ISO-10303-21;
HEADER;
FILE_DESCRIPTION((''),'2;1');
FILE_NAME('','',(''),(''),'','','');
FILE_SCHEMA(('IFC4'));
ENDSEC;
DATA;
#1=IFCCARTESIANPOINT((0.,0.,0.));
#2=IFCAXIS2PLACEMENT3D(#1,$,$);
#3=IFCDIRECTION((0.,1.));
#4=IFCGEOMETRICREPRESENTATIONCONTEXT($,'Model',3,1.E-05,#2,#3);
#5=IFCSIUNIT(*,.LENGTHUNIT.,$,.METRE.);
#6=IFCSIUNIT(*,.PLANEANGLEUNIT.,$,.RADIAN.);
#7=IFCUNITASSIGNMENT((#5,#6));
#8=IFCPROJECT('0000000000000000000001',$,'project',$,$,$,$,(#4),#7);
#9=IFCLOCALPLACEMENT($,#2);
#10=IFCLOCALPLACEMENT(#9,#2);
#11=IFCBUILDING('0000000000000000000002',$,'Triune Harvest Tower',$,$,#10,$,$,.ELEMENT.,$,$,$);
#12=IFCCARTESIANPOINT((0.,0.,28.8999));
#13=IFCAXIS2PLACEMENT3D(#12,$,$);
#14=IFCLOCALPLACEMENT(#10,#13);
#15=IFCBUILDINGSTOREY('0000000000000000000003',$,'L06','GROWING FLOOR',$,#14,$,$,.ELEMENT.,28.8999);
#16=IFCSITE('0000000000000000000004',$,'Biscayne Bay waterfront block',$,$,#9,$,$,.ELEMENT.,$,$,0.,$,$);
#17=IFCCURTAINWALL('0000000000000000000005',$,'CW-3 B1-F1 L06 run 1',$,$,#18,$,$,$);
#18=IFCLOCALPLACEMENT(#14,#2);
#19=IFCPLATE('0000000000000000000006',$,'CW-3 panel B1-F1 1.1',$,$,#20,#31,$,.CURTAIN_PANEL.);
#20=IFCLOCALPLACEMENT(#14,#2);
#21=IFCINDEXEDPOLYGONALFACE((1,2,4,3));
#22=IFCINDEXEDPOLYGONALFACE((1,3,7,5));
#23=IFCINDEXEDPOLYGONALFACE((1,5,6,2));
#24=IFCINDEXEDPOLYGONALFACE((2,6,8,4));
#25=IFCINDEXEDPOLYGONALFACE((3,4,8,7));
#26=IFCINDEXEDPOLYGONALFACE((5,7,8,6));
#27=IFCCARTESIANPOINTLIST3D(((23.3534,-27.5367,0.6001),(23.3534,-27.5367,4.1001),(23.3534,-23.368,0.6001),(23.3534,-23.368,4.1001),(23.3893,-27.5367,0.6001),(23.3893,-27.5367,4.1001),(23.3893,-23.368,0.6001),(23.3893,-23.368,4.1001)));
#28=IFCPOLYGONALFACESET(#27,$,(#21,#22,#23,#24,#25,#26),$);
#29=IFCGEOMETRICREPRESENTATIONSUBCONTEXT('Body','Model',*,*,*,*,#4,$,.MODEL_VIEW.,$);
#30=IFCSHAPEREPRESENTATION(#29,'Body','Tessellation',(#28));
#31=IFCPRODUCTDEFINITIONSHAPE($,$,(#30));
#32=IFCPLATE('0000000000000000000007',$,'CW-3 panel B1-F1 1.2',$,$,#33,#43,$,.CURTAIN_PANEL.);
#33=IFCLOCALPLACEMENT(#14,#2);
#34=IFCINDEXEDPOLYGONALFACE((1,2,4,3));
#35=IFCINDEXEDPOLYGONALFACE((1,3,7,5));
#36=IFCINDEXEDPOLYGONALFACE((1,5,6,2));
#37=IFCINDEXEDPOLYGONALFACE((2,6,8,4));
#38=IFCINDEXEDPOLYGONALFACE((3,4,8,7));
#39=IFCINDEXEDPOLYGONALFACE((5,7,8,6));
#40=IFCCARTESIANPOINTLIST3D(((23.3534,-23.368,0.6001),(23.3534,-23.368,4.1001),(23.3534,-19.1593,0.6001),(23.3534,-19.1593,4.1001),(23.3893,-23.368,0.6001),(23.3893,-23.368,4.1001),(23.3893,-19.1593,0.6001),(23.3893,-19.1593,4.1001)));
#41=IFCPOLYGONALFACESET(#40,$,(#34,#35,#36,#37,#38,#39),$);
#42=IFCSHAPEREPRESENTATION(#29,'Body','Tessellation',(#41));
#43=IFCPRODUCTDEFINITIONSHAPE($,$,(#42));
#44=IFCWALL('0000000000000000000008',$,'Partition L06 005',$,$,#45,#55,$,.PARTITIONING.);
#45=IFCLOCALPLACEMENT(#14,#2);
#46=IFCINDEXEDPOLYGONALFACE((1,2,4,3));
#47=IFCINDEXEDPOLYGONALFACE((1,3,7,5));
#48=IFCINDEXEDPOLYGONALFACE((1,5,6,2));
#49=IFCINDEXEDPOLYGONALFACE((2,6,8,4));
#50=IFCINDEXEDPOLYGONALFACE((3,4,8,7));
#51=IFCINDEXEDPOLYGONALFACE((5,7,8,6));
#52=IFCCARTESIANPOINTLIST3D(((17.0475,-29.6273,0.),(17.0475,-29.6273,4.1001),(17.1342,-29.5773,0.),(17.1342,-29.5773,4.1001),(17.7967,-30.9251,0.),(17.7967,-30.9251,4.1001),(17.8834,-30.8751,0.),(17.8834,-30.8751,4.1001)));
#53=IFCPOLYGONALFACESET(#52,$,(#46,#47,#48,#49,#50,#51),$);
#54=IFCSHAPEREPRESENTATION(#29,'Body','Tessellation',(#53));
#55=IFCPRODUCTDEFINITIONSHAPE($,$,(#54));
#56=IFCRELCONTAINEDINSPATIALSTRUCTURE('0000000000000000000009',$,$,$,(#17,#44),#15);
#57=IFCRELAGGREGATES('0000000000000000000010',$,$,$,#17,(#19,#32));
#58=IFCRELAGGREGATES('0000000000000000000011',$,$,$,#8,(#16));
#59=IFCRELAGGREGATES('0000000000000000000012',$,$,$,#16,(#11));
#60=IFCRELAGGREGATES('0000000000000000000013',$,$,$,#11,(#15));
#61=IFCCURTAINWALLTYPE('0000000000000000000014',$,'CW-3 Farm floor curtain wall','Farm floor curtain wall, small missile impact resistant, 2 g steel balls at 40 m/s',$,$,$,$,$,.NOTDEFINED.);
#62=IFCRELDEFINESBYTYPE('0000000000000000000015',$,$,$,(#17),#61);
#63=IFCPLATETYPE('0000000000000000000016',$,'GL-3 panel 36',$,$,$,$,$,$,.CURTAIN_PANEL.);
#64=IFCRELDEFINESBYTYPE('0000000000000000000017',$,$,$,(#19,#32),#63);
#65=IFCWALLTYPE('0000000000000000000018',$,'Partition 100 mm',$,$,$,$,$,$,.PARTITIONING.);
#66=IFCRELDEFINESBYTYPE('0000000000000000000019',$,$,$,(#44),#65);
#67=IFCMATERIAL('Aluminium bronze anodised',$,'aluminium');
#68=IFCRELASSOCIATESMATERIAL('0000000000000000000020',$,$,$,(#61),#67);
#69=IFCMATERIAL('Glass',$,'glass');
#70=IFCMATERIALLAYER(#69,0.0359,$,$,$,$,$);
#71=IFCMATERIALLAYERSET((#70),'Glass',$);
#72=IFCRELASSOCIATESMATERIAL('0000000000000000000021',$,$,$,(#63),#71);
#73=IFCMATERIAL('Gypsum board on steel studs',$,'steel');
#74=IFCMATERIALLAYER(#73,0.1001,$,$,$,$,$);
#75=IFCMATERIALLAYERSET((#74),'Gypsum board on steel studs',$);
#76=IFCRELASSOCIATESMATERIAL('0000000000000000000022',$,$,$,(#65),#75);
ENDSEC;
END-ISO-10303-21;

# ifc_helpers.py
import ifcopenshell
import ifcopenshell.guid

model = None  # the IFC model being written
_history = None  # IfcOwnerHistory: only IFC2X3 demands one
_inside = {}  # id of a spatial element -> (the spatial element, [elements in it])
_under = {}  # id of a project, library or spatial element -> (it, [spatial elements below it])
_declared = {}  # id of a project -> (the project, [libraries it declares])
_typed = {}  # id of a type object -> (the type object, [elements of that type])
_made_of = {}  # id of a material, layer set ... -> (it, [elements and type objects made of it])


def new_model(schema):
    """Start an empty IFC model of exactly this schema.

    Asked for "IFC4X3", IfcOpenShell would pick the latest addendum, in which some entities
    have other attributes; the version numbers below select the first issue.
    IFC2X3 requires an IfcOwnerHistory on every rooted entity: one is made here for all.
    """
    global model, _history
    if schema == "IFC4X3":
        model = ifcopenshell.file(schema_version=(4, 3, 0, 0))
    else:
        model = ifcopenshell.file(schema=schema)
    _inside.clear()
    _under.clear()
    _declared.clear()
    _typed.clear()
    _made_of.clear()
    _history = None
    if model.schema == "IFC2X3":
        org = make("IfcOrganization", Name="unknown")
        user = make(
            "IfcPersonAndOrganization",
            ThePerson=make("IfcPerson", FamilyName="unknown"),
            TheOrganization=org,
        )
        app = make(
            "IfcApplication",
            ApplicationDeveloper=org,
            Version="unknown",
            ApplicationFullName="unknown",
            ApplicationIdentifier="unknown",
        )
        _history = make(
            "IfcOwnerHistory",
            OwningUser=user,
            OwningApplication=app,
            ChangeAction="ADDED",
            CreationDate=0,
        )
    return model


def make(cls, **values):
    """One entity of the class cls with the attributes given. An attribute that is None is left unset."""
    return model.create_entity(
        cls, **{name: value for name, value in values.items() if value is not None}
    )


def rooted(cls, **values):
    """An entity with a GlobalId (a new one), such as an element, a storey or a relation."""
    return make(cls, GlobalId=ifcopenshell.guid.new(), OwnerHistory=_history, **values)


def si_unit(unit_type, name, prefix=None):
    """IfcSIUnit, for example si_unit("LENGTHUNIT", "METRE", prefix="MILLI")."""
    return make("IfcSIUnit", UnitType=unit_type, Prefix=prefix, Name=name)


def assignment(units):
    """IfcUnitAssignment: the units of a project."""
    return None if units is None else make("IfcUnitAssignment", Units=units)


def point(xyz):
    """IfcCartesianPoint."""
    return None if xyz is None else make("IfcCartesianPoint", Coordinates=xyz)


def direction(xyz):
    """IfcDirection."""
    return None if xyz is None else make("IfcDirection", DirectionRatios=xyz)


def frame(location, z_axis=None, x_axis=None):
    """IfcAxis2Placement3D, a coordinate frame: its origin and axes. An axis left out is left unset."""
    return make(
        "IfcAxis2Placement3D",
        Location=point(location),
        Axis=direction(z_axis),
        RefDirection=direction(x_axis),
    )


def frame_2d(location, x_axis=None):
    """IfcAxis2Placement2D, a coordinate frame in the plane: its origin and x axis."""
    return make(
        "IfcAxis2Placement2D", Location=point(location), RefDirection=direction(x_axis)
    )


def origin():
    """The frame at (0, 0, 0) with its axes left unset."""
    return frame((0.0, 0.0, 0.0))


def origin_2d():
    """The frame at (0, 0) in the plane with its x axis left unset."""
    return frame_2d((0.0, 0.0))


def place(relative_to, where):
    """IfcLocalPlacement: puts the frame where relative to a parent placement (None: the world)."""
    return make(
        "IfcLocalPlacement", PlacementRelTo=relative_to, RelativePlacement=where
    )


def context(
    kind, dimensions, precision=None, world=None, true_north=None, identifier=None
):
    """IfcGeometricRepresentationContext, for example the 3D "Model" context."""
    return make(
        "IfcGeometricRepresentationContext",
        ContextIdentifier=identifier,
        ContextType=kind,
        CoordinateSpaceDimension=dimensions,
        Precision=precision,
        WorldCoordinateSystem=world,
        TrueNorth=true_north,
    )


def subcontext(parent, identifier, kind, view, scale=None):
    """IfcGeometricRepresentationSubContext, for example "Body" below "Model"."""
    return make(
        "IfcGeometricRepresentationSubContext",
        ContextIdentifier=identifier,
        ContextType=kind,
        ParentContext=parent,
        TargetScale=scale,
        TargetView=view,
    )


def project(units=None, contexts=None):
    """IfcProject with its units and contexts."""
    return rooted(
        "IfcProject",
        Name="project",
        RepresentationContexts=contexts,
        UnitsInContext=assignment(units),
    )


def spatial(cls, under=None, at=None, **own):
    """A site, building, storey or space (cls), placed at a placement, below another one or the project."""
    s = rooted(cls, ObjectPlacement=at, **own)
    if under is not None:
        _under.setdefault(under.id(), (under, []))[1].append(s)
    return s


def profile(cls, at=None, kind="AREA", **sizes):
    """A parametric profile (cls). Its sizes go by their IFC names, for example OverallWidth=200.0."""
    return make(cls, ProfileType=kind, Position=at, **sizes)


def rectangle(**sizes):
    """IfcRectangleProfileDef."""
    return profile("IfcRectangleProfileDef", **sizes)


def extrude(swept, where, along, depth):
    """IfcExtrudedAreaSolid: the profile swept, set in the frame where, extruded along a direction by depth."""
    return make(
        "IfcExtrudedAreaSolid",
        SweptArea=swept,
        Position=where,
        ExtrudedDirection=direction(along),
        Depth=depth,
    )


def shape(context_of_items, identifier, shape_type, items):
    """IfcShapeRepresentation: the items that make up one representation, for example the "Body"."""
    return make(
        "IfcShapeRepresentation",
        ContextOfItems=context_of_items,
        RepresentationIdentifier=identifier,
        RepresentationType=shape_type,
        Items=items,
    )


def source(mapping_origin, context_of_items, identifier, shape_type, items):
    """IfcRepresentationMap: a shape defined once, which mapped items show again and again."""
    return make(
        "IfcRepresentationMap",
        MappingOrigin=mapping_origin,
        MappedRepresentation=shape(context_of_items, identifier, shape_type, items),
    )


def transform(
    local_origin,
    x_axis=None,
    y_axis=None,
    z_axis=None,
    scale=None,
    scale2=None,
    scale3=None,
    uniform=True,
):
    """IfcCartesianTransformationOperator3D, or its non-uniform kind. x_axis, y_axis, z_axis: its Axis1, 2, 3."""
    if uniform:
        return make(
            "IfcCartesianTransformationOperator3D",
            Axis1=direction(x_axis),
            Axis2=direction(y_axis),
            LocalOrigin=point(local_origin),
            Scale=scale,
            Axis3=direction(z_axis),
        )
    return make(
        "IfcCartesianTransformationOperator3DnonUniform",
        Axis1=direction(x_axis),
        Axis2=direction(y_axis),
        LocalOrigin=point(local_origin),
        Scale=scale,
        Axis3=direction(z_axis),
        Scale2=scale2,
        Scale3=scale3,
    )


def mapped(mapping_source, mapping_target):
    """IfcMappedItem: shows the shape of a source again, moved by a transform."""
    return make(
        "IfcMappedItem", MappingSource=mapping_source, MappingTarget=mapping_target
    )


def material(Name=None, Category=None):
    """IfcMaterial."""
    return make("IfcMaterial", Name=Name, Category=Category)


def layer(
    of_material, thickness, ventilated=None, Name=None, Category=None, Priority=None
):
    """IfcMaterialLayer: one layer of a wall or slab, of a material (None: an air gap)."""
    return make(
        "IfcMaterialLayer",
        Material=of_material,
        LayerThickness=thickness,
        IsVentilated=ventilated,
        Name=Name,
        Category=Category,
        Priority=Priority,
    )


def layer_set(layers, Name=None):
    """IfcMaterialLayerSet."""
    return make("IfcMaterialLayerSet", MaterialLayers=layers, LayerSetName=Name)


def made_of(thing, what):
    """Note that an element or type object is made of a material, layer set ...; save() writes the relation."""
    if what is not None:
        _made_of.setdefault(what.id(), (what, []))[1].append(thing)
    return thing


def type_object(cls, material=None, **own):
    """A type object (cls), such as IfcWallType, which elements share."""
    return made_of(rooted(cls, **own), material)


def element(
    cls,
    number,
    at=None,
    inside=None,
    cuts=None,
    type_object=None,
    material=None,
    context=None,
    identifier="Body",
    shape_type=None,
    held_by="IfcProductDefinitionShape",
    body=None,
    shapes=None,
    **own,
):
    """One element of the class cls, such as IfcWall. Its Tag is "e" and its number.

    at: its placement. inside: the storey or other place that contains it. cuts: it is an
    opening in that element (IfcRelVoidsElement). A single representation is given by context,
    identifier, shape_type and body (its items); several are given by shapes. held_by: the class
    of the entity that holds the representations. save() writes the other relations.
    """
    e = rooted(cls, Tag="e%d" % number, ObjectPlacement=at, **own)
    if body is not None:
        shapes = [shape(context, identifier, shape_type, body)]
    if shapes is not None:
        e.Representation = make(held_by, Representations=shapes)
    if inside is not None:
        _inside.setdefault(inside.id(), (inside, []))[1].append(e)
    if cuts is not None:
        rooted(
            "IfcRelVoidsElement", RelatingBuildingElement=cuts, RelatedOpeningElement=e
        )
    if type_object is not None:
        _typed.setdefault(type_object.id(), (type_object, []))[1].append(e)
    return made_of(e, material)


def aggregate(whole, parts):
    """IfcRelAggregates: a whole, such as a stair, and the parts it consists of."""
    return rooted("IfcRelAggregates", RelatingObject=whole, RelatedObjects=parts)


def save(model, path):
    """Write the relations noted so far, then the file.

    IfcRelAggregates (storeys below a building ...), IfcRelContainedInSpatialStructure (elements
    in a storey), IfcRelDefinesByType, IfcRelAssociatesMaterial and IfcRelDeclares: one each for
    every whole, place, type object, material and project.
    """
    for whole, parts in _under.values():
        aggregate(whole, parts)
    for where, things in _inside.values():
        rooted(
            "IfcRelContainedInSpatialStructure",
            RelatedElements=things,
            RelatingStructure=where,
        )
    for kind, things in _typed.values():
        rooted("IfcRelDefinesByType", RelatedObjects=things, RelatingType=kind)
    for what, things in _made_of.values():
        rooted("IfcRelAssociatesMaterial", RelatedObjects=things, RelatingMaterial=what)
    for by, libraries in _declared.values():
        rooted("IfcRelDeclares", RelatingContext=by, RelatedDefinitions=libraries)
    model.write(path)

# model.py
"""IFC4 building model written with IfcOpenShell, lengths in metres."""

from ifc_helpers import new_model, si_unit, direction, frame, frame_2d, origin, origin_2d, place, context, subcontext, project, spatial, rectangle, extrude, source, transform, mapped, material, layer, layer_set, type_object, element, aggregate, save


model = new_model("IFC4")

# Units and contexts
model_context = context("Model", 3, precision=1e-05, world=origin(), true_north=direction((0.0, 1.0)))
body_context = subcontext(model_context, "Body", "Model", "MODEL_VIEW")
ifc_project = project(units=[si_unit("LENGTHUNIT", "METRE"), si_unit("PLANEANGLEUNIT", "RADIAN")], contexts=[model_context])

# Site, building, storey
site_placement = place(None, origin())
site = spatial("IfcSite", under=ifc_project, at=site_placement, Name="Biscayne Bay waterfront block", CompositionType="ELEMENT", RefElevation=0.0)
building_placement = place(site_placement, origin())
building = spatial("IfcBuilding", under=site, at=building_placement, Name="Triune Harvest Tower", CompositionType="ELEMENT")
storey_placement = place(building_placement, frame((0.0, 0.0, 28.8999)))
storey = spatial("IfcBuildingStorey", under=building, at=storey_placement, Name="L06", Description="GROWING FLOOR", CompositionType="ELEMENT", Elevation=28.8999)

# Curtain wall
ifc_material_1 = material(Name="Aluminium bronze anodised", Category="aluminium")
curtain_wall_type = type_object("IfcCurtainWallType", Name="CW-3 Farm floor curtain wall", Description="Farm floor curtain wall, small missile impact resistant, 2 g steel balls at 40 m/s", PredefinedType="NOTDEFINED", material=ifc_material_1)
curtain_wall_1_placement = place(storey_placement, origin())
curtain_wall_1 = element("IfcCurtainWall", 1, at=curtain_wall_1_placement, inside=storey, type_object=curtain_wall_type, Name="CW-3 B1-F1 L06 run 1")

# Plates
ifc_material_2 = material(Name="Glass", Category="glass")
ifc_layer_1 = layer(ifc_material_2, 0.0359)
ifc_layer_set_1 = layer_set([ifc_layer_1], Name="Glass")
plate_type = type_object("IfcPlateType", Name="GL-3 panel 36", PredefinedType="CURTAIN_PANEL", material=ifc_layer_set_1)
shared_shape_1 = source(origin(), body_context, "Body", "SweptSolid", [
    extrude(rectangle(XDim=4.1687, YDim=0.0359, at=origin_2d()), origin(), (0.0, 0.0, 1.0), 3.5),
])
plate_1_placement = place(storey_placement, frame((23.3713, -25.4524, 0.6001), z_axis=(0.0, 0.0, 1.0), x_axis=(0.0, 1.0, 0.0)))
plate_1 = element("IfcPlate", 2, at=plate_1_placement, type_object=plate_type, Name="CW-3 panel B1-F1 1.1", PredefinedType="CURTAIN_PANEL", context=body_context, shape_type="MappedRepresentation", body=[
    mapped(shared_shape_1, transform((0.0, 0.0, 0.0), scale=1.0)),
])
shared_shape_2 = source(origin(), body_context, "Body", "SweptSolid", [
    extrude(rectangle(XDim=4.2087, YDim=0.0359, at=origin_2d()), origin(), (0.0, 0.0, 1.0), 3.5),
])
plate_2_placement = place(storey_placement, frame((23.3713, -21.2637, 0.6001), z_axis=(0.0, 0.0, 1.0), x_axis=(0.0, 1.0, 0.0)))
plate_2 = element("IfcPlate", 3, at=plate_2_placement, type_object=plate_type, Name="CW-3 panel B1-F1 1.2", PredefinedType="CURTAIN_PANEL", context=body_context, shape_type="MappedRepresentation", body=[
    mapped(shared_shape_2, transform((0.0, 0.0, 0.0), scale=1.0)),
])
aggregate(curtain_wall_1, [plate_1, plate_2])

# Wall
ifc_material_3 = material(Name="Gypsum board on steel studs", Category="steel")
ifc_layer_2 = layer(ifc_material_3, 0.1001)
ifc_layer_set_2 = layer_set([ifc_layer_2], Name="Gypsum board on steel studs")
wall_type = type_object("IfcWallType", Name="Partition 100 mm", PredefinedType="PARTITIONING", material=ifc_layer_set_2)
shared_shape_3 = source(origin(), body_context, "Body", "SweptSolid", [
    extrude(rectangle(XDim=1.4985, YDim=0.1001, at=frame_2d((0.7493, 0.0))), origin(), (0.0, 0.0, 1.0), 4.1001),
])
wall_placement = place(storey_placement, frame((17.0908, -29.6023, 0.0), z_axis=(0.0, 0.0, 1.0), x_axis=(0.499976, -0.866039, 0.0)))
element("IfcWall", 4, at=wall_placement, inside=storey, type_object=wall_type, Name="Partition L06 005", PredefinedType="PARTITIONING", context=body_context, shape_type="MappedRepresentation", body=[
    mapped(shared_shape_3, transform((0.0, 0.0, 0.0), scale=1.0)),
])

save(model, "model.ifc")
